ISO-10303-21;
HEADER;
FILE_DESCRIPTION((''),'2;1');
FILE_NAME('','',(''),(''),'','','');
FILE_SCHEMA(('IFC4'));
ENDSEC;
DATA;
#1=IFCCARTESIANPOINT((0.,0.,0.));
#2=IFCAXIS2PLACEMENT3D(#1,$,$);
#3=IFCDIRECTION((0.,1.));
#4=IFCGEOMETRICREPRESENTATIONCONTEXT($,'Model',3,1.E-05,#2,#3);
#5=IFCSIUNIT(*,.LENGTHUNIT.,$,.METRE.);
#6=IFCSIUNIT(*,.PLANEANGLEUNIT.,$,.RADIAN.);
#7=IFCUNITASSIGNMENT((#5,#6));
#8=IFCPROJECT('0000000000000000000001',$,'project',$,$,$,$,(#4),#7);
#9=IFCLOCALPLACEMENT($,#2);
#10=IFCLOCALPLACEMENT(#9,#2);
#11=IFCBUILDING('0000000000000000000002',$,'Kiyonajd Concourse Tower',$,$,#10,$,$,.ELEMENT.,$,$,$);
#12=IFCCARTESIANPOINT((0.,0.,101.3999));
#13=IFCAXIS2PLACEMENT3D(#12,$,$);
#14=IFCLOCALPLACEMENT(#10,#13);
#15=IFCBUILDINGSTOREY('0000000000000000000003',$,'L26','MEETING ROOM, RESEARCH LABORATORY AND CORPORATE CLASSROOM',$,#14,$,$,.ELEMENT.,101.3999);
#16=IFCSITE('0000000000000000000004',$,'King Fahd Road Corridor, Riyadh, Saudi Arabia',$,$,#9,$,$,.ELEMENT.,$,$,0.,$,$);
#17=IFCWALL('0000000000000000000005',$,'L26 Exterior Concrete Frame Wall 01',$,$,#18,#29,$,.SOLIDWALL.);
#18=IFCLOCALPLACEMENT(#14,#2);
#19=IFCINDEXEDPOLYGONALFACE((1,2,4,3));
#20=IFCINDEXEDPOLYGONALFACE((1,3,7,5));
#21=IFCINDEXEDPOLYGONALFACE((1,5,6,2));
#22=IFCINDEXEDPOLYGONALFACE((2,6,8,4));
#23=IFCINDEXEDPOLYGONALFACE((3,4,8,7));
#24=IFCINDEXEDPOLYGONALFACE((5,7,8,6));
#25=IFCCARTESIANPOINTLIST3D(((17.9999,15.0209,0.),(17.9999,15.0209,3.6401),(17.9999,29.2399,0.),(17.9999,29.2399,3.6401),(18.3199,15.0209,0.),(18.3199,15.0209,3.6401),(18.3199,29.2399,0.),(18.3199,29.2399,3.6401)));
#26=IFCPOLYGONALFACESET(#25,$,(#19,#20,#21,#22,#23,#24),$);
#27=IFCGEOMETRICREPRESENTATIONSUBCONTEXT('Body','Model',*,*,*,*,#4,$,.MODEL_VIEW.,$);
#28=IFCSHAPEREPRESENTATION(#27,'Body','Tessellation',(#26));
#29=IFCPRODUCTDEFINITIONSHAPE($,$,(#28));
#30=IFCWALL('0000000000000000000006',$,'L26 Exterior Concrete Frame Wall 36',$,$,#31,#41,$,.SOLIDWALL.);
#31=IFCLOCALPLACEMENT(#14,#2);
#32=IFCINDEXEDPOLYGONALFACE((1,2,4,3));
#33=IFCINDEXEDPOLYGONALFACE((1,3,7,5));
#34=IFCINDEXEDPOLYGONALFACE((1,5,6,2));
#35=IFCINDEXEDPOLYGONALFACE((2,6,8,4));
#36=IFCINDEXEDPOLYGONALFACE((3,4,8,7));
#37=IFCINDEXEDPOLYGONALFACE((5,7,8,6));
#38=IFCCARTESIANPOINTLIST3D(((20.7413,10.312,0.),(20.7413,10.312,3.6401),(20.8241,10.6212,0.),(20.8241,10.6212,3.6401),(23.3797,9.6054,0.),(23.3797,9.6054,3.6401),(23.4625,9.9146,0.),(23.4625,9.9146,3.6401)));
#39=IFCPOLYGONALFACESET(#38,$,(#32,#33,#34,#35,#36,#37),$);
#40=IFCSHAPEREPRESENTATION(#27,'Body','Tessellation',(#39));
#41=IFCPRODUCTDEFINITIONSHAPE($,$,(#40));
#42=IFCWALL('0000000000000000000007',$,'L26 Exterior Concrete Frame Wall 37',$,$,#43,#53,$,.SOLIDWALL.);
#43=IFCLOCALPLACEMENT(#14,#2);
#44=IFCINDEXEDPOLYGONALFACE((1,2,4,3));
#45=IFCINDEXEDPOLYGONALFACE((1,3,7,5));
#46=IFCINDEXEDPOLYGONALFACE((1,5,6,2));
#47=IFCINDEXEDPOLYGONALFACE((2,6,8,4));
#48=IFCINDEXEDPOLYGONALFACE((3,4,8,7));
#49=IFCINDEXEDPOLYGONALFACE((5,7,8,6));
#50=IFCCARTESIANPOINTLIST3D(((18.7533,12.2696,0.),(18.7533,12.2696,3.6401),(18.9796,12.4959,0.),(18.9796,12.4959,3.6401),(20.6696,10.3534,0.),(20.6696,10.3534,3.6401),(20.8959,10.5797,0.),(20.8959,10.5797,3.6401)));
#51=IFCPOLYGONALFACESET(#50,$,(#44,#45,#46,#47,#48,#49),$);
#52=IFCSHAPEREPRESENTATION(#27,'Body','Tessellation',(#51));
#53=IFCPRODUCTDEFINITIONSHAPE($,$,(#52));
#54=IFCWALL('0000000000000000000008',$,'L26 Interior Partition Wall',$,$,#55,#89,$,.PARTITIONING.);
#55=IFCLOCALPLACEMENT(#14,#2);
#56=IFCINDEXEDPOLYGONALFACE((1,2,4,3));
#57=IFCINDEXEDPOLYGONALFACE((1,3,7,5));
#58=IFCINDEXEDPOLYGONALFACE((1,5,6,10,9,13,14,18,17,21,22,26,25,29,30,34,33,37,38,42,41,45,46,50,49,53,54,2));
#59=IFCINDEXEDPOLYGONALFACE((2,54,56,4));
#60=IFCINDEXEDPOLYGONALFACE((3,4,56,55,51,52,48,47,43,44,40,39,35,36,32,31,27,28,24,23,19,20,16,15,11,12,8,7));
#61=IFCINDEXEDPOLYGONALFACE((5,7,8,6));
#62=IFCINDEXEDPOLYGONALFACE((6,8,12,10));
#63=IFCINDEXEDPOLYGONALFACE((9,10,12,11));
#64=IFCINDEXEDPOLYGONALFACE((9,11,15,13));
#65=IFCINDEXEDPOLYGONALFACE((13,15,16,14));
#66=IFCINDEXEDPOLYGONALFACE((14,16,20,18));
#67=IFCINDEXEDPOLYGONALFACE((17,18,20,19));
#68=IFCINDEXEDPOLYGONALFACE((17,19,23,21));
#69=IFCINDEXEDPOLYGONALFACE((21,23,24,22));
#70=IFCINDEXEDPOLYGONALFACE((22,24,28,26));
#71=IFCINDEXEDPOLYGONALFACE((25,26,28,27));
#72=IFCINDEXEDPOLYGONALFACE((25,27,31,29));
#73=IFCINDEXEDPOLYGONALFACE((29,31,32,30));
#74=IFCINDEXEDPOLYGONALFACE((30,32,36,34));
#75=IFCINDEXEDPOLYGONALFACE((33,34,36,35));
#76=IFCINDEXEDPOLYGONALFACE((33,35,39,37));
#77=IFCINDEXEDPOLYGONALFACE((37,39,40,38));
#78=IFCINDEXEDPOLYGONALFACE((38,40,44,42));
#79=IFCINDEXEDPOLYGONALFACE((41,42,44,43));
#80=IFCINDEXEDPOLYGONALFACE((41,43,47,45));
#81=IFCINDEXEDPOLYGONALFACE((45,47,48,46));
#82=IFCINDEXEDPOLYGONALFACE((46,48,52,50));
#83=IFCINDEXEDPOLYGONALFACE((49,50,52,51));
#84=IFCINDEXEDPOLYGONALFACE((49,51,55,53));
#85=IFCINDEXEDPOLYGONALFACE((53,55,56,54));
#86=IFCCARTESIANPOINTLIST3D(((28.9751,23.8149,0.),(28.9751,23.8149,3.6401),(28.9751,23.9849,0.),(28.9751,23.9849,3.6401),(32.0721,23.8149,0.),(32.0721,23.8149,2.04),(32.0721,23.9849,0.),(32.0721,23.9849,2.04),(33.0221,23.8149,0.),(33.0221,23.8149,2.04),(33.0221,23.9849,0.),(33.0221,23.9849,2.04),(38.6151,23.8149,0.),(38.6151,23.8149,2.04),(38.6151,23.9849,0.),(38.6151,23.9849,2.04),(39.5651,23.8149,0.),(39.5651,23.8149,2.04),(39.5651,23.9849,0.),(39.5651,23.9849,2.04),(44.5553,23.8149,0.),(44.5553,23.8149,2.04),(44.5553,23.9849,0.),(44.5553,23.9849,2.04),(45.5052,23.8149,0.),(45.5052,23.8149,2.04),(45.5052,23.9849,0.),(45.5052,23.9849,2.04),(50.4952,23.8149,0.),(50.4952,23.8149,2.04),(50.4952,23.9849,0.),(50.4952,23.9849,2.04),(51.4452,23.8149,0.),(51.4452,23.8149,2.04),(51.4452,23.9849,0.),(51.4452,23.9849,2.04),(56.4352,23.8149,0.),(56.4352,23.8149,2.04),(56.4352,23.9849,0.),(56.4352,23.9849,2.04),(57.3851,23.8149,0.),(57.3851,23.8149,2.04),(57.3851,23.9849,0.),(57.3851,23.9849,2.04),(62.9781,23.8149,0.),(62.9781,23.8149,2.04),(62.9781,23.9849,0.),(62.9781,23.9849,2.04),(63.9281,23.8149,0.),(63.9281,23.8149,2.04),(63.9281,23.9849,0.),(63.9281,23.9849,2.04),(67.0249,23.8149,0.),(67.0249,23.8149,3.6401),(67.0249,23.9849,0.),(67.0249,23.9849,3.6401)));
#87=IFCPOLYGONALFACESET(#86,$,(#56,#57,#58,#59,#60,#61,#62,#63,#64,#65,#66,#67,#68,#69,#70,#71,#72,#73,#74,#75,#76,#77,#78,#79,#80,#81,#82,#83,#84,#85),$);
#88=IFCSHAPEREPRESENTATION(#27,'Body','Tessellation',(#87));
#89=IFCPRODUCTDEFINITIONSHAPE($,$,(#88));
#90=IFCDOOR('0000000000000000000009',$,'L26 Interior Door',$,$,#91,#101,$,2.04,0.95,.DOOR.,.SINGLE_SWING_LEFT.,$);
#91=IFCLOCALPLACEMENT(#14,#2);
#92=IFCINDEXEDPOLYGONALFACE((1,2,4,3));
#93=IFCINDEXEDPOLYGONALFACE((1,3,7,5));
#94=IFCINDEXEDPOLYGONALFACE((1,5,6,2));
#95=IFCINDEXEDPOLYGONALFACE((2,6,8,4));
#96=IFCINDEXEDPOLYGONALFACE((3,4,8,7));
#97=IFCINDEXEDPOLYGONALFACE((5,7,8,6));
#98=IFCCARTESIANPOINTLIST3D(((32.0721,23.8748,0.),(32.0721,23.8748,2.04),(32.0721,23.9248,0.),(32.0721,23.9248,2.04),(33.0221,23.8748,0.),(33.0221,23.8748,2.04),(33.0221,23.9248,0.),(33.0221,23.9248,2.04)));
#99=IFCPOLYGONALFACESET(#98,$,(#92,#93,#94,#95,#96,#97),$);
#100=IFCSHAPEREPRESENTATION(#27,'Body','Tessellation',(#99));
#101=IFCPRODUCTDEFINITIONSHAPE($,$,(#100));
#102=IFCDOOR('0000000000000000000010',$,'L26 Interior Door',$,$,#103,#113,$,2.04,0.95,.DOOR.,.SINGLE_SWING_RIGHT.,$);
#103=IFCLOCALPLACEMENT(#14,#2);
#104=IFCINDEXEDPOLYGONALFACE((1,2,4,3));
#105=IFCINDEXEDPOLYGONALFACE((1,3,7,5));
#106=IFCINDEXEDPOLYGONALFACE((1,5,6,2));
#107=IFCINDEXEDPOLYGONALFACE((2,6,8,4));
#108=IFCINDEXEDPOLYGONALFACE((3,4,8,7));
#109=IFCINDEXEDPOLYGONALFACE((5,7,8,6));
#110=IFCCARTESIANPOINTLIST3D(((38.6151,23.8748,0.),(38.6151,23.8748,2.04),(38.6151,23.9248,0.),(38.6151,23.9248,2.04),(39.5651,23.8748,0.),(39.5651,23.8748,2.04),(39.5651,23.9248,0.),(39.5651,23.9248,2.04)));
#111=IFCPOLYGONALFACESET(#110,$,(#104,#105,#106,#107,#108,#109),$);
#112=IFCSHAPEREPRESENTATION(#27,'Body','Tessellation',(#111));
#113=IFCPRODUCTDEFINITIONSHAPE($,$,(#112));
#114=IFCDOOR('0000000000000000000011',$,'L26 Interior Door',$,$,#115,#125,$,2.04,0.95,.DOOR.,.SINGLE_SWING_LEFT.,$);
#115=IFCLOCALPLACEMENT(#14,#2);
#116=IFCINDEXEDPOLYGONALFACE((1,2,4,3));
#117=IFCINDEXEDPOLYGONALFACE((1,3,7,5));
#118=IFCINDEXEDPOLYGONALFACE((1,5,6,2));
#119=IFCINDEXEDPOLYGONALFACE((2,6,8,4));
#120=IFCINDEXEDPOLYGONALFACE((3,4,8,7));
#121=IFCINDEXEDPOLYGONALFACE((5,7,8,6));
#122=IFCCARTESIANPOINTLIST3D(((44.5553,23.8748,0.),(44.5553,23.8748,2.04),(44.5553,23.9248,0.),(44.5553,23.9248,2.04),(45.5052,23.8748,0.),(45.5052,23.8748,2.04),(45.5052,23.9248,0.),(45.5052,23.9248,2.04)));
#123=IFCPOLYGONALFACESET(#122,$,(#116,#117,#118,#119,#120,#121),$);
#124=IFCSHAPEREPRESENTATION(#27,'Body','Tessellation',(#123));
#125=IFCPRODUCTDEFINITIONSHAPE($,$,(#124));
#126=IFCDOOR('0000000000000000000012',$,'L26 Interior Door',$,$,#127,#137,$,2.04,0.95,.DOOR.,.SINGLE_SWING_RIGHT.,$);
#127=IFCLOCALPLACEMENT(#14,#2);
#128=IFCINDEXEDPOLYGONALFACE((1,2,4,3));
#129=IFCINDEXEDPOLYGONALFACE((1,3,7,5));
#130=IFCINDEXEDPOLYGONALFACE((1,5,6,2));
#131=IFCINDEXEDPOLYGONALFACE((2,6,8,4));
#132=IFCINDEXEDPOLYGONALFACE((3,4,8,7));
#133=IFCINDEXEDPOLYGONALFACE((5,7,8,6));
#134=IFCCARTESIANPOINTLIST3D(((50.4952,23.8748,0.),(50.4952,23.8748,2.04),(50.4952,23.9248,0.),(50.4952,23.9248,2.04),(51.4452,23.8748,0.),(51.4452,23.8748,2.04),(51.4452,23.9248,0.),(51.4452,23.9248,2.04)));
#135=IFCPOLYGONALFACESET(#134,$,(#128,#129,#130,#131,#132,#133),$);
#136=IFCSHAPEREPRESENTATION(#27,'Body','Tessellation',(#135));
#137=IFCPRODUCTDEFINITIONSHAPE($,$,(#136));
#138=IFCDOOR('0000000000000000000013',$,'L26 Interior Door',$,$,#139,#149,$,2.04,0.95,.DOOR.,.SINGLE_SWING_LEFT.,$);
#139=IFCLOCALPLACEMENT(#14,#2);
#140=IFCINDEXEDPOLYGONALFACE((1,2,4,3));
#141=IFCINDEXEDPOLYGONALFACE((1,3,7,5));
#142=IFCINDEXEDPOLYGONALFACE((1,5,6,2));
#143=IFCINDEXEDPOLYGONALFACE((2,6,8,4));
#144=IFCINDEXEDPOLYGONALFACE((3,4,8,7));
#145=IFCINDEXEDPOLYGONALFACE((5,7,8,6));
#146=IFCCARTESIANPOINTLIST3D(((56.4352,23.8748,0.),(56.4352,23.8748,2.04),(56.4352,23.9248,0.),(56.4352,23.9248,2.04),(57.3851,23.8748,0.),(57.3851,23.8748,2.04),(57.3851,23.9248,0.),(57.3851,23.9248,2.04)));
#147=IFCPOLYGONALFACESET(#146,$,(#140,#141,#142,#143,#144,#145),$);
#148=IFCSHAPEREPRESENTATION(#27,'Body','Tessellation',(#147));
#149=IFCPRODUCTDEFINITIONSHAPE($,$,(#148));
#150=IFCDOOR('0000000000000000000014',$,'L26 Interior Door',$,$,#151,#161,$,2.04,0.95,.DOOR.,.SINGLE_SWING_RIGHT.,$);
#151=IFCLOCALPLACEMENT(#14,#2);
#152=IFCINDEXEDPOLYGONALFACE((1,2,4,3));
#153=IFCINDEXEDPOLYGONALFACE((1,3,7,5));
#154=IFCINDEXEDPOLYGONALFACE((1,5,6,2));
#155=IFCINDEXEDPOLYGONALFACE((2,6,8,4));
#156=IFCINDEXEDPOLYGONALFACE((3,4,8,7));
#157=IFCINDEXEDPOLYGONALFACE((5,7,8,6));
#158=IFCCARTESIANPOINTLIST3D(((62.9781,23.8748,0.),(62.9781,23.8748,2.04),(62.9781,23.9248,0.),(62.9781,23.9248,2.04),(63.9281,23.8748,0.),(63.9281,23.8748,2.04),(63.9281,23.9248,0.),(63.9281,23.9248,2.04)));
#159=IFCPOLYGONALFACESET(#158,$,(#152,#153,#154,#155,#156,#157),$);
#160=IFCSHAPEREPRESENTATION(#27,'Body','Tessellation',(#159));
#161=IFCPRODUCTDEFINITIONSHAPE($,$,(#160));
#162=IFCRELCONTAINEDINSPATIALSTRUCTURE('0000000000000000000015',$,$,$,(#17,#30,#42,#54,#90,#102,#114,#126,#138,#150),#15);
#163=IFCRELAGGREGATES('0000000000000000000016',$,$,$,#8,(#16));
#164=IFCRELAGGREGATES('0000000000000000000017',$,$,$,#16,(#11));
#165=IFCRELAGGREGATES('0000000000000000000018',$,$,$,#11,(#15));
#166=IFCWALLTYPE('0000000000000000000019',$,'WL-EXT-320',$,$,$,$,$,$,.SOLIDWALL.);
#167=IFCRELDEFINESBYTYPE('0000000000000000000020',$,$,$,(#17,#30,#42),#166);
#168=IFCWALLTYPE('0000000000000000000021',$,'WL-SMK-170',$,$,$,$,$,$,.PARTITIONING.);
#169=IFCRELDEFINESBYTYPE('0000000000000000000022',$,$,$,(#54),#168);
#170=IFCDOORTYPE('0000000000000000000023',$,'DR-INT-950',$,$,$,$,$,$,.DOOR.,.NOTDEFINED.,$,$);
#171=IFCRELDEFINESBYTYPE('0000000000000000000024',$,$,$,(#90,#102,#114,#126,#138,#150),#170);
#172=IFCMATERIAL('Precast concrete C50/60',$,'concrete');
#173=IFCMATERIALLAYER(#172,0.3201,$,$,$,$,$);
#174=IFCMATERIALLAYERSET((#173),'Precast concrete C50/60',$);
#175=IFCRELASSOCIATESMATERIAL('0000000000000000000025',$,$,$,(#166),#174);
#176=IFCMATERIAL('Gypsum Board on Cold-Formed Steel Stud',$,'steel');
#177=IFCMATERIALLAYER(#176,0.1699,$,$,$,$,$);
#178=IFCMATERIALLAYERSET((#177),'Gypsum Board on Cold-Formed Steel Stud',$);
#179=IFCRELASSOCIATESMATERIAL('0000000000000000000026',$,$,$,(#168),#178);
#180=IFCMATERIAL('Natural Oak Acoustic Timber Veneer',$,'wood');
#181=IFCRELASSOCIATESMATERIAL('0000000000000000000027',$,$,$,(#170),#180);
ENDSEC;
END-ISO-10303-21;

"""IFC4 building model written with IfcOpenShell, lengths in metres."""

from ifc_helpers import new_model, si_unit, direction, frame, frame_2d, origin, place, context, subcontext, project, spatial, rectangle, extrude, material, layer, layer_set, type_object, element, fill, save


model = new_model("IFC4")

# Units and contexts
model_context = context("Model", 3, precision=1e-05, world=origin(), true_north=direction((0.0, 1.0)))
body_context = subcontext(model_context, "Body", "Model", "MODEL_VIEW")
ifc_project = project(units=[si_unit("LENGTHUNIT", "METRE"), si_unit("PLANEANGLEUNIT", "RADIAN")], contexts=[model_context])

# Site, building, storey
site_placement = place(None, origin())
site = spatial("IfcSite", under=ifc_project, at=site_placement, Name="King Fahd Road Corridor, Riyadh, Saudi Arabia", CompositionType="ELEMENT", RefElevation=0.0)
building_placement = place(site_placement, origin())
building = spatial("IfcBuilding", under=site, at=building_placement, Name="Kiyonajd Concourse Tower", CompositionType="ELEMENT")
storey_placement = place(building_placement, frame((0.0, 0.0, 101.3999)))
storey = spatial("IfcBuildingStorey", under=building, at=storey_placement, Name="L26", Description="MEETING ROOM, RESEARCH LABORATORY AND CORPORATE CLASSROOM", CompositionType="ELEMENT", Elevation=101.3999)

# Shared definitions
ifc_material_1 = material(Name="Precast concrete C50/60", Category="concrete")

# Walls
ifc_layer_1 = layer(ifc_material_1, 0.3201)
ifc_layer_set_1 = layer_set([ifc_layer_1], Name="Precast concrete C50/60")
wall_type_1 = type_object("IfcWallType", Name="WL-EXT-320", PredefinedType="SOLIDWALL", material=ifc_layer_set_1)
wall_1_placement = place(storey_placement, frame((18.1599, 15.021, 0.0), z_axis=(0.0, 0.0, 1.0), x_axis=(0.0, 1.0, 0.0)))
element("IfcWall", 1, at=wall_1_placement, inside=storey, type_object=wall_type_1, Name="L26 Exterior Concrete Frame Wall 01", PredefinedType="SOLIDWALL", context=body_context, shape_type="SweptSolid", body=[
    extrude(rectangle(XDim=14.219, YDim=0.3201, at=frame_2d((7.1094, 0.0))), origin(), (0.0, 0.0, 1.0), 3.6401),
])
wall_2_placement = place(storey_placement, frame((23.4211, 9.76, 0.0), z_axis=(0.0, 0.0, 1.0), x_axis=(-0.965964, 0.258675, 0.0)))
element("IfcWall", 2, at=wall_2_placement, inside=storey, type_object=wall_type_1, Name="L26 Exterior Concrete Frame Wall 36", PredefinedType="SOLIDWALL", context=body_context, shape_type="SweptSolid", body=[
    extrude(rectangle(XDim=2.7314, YDim=0.3201, at=frame_2d((1.3657, 0.0))), origin(), (0.0, 0.0, 1.0), 3.6401),
])
wall_3_placement = place(storey_placement, frame((20.7827, 10.4666, 0.0), z_axis=(0.0, 0.0, 1.0), x_axis=(-0.707107, 0.707107, 0.0)))
element("IfcWall", 3, at=wall_3_placement, inside=storey, type_object=wall_type_1, Name="L26 Exterior Concrete Frame Wall 37", PredefinedType="SOLIDWALL", context=body_context, shape_type="SweptSolid", body=[
    extrude(rectangle(XDim=2.71, YDim=0.3201, at=frame_2d((1.355, 0.0))), origin(), (0.0, 0.0, 1.0), 3.6401),
])

# Wall, openings, doors
ifc_material_2 = material(Name="Gypsum Board on Cold-Formed Steel Stud", Category="steel")
ifc_layer_2 = layer(ifc_material_2, 0.1699)
ifc_layer_set_2 = layer_set([ifc_layer_2], Name="Gypsum Board on Cold-Formed Steel Stud")
wall_type_2 = type_object("IfcWallType", Name="WL-SMK-170", PredefinedType="PARTITIONING", material=ifc_layer_set_2)
wall_4_placement = place(storey_placement, frame((28.9751, 23.8999, 0.0), z_axis=(0.0, 0.0, 1.0), x_axis=(1.0, 0.0, 0.0)))
wall_4 = element("IfcWall", 4, at=wall_4_placement, inside=storey, type_object=wall_type_2, Name="L26 Interior Partition Wall", PredefinedType="PARTITIONING", context=body_context, shape_type="SweptSolid", body=[
    extrude(rectangle(XDim=38.0498, YDim=0.1699, at=frame_2d((19.0249, 0.0))), origin(), (0.0, 0.0, 1.0), 3.6401),
])
opening_1_placement = place(wall_4_placement, frame((3.0969, 0.0, 0.0)))
opening_1 = element("IfcOpeningElement", 5, at=opening_1_placement, cuts=wall_4, PredefinedType="OPENING", context=body_context, shape_type="SweptSolid", body=[
    extrude(rectangle(XDim=0.95, YDim=2.04, at=frame_2d((0.4751, 1.02))), frame((0.0, 0.095, 0.0), z_axis=(0.0, -1.0, 0.0), x_axis=(1.0, 0.0, 0.0)), (0.0, 0.0, 1.0), 0.1899),
])
opening_2_placement = place(wall_4_placement, frame((9.6399, 0.0, 0.0)))
opening_2 = element("IfcOpeningElement", 6, at=opening_2_placement, cuts=wall_4, PredefinedType="OPENING", context=body_context, shape_type="SweptSolid", body=[
    extrude(rectangle(XDim=0.95, YDim=2.04, at=frame_2d((0.4751, 1.02))), frame((0.0, 0.095, 0.0), z_axis=(0.0, -1.0, 0.0), x_axis=(1.0, 0.0, 0.0)), (0.0, 0.0, 1.0), 0.1899),
])
opening_3_placement = place(wall_4_placement, frame((15.5801, 0.0, 0.0)))
opening_3 = element("IfcOpeningElement", 7, at=opening_3_placement, cuts=wall_4, PredefinedType="OPENING", context=body_context, shape_type="SweptSolid", body=[
    extrude(rectangle(XDim=0.95, YDim=2.04, at=frame_2d((0.4751, 1.02))), frame((0.0, 0.095, 0.0), z_axis=(0.0, -1.0, 0.0), x_axis=(1.0, 0.0, 0.0)), (0.0, 0.0, 1.0), 0.1899),
])
opening_4_placement = place(wall_4_placement, frame((21.52, 0.0, 0.0)))
opening_4 = element("IfcOpeningElement", 8, at=opening_4_placement, cuts=wall_4, PredefinedType="OPENING", context=body_context, shape_type="SweptSolid", body=[
    extrude(rectangle(XDim=0.95, YDim=2.04, at=frame_2d((0.4751, 1.02))), frame((0.0, 0.095, 0.0), z_axis=(0.0, -1.0, 0.0), x_axis=(1.0, 0.0, 0.0)), (0.0, 0.0, 1.0), 0.1899),
])
opening_5_placement = place(wall_4_placement, frame((27.46, 0.0, 0.0)))
opening_5 = element("IfcOpeningElement", 9, at=opening_5_placement, cuts=wall_4, PredefinedType="OPENING", context=body_context, shape_type="SweptSolid", body=[
    extrude(rectangle(XDim=0.95, YDim=2.04, at=frame_2d((0.4751, 1.02))), frame((0.0, 0.095, 0.0), z_axis=(0.0, -1.0, 0.0), x_axis=(1.0, 0.0, 0.0)), (0.0, 0.0, 1.0), 0.1899),
])
opening_6_placement = place(wall_4_placement, frame((34.0029, 0.0, 0.0)))
opening_6 = element("IfcOpeningElement", 10, at=opening_6_placement, cuts=wall_4, PredefinedType="OPENING", context=body_context, shape_type="SweptSolid", body=[
    extrude(rectangle(XDim=0.95, YDim=2.04, at=frame_2d((0.4751, 1.02))), frame((0.0, 0.095, 0.0), z_axis=(0.0, -1.0, 0.0), x_axis=(1.0, 0.0, 0.0)), (0.0, 0.0, 1.0), 0.1899),
])
ifc_material_3 = material(Name="Natural Oak Acoustic Timber Veneer", Category="wood")
door_type = type_object("IfcDoorType", Name="DR-INT-950", OperationType="NOTDEFINED", PredefinedType="DOOR", material=ifc_material_3)
door_1_placement = place(opening_1_placement, origin())
door_1 = element("IfcDoor", 11, at=door_1_placement, inside=storey, type_object=door_type, Name="L26 Interior Door", OperationType="SINGLE_SWING_LEFT", OverallHeight=2.04, OverallWidth=0.95, PredefinedType="DOOR", context=body_context, shape_type="SweptSolid", body=[
    extrude(rectangle(XDim=0.95, YDim=2.04, at=frame_2d((0.4751, 1.02))), frame((0.0, 0.0249, 0.0), z_axis=(0.0, -1.0, 0.0), x_axis=(1.0, 0.0, 0.0)), (0.0, 0.0, 1.0), 0.05),
])
fill(opening_1, door_1)
door_2_placement = place(opening_2_placement, origin())
door_2 = element("IfcDoor", 12, at=door_2_placement, inside=storey, type_object=door_type, Name="L26 Interior Door", OperationType="SINGLE_SWING_RIGHT", OverallHeight=2.04, OverallWidth=0.95, PredefinedType="DOOR", context=body_context, shape_type="SweptSolid", body=[
    extrude(rectangle(XDim=0.95, YDim=2.04, at=frame_2d((0.4751, 1.02))), frame((0.0, 0.0249, 0.0), z_axis=(0.0, -1.0, 0.0), x_axis=(1.0, 0.0, 0.0)), (0.0, 0.0, 1.0), 0.05),
])
fill(opening_2, door_2)
door_3_placement = place(opening_3_placement, origin())
door_3 = element("IfcDoor", 13, at=door_3_placement, inside=storey, type_object=door_type, Name="L26 Interior Door", OperationType="SINGLE_SWING_LEFT", OverallHeight=2.04, OverallWidth=0.95, PredefinedType="DOOR", context=body_context, shape_type="SweptSolid", body=[
    extrude(rectangle(XDim=0.95, YDim=2.04, at=frame_2d((0.4751, 1.02))), frame((0.0, 0.0249, 0.0), z_axis=(0.0, -1.0, 0.0), x_axis=(1.0, 0.0, 0.0)), (0.0, 0.0, 1.0), 0.05),
])
fill(opening_3, door_3)
door_4_placement = place(opening_4_placement, origin())
door_4 = element("IfcDoor", 14, at=door_4_placement, inside=storey, type_object=door_type, Name="L26 Interior Door", OperationType="SINGLE_SWING_RIGHT", OverallHeight=2.04, OverallWidth=0.95, PredefinedType="DOOR", context=body_context, shape_type="SweptSolid", body=[
    extrude(rectangle(XDim=0.95, YDim=2.04, at=frame_2d((0.4751, 1.02))), frame((0.0, 0.0249, 0.0), z_axis=(0.0, -1.0, 0.0), x_axis=(1.0, 0.0, 0.0)), (0.0, 0.0, 1.0), 0.05),
])
fill(opening_4, door_4)
door_5_placement = place(opening_5_placement, origin())
door_5 = element("IfcDoor", 15, at=door_5_placement, inside=storey, type_object=door_type, Name="L26 Interior Door", OperationType="SINGLE_SWING_LEFT", OverallHeight=2.04, OverallWidth=0.95, PredefinedType="DOOR", context=body_context, shape_type="SweptSolid", body=[
    extrude(rectangle(XDim=0.95, YDim=2.04, at=frame_2d((0.4751, 1.02))), frame((0.0, 0.0249, 0.0), z_axis=(0.0, -1.0, 0.0), x_axis=(1.0, 0.0, 0.0)), (0.0, 0.0, 1.0), 0.05),
])
fill(opening_5, door_5)
door_6_placement = place(opening_6_placement, origin())
door_6 = element("IfcDoor", 16, at=door_6_placement, inside=storey, type_object=door_type, Name="L26 Interior Door", OperationType="SINGLE_SWING_RIGHT", OverallHeight=2.04, OverallWidth=0.95, PredefinedType="DOOR", context=body_context, shape_type="SweptSolid", body=[
    extrude(rectangle(XDim=0.95, YDim=2.04, at=frame_2d((0.4751, 1.02))), frame((0.0, 0.0249, 0.0), z_axis=(0.0, -1.0, 0.0), x_axis=(1.0, 0.0, 0.0)), (0.0, 0.0, 1.0), 0.05),
])
fill(opening_6, door_6)

save(model, "model.ifc")
